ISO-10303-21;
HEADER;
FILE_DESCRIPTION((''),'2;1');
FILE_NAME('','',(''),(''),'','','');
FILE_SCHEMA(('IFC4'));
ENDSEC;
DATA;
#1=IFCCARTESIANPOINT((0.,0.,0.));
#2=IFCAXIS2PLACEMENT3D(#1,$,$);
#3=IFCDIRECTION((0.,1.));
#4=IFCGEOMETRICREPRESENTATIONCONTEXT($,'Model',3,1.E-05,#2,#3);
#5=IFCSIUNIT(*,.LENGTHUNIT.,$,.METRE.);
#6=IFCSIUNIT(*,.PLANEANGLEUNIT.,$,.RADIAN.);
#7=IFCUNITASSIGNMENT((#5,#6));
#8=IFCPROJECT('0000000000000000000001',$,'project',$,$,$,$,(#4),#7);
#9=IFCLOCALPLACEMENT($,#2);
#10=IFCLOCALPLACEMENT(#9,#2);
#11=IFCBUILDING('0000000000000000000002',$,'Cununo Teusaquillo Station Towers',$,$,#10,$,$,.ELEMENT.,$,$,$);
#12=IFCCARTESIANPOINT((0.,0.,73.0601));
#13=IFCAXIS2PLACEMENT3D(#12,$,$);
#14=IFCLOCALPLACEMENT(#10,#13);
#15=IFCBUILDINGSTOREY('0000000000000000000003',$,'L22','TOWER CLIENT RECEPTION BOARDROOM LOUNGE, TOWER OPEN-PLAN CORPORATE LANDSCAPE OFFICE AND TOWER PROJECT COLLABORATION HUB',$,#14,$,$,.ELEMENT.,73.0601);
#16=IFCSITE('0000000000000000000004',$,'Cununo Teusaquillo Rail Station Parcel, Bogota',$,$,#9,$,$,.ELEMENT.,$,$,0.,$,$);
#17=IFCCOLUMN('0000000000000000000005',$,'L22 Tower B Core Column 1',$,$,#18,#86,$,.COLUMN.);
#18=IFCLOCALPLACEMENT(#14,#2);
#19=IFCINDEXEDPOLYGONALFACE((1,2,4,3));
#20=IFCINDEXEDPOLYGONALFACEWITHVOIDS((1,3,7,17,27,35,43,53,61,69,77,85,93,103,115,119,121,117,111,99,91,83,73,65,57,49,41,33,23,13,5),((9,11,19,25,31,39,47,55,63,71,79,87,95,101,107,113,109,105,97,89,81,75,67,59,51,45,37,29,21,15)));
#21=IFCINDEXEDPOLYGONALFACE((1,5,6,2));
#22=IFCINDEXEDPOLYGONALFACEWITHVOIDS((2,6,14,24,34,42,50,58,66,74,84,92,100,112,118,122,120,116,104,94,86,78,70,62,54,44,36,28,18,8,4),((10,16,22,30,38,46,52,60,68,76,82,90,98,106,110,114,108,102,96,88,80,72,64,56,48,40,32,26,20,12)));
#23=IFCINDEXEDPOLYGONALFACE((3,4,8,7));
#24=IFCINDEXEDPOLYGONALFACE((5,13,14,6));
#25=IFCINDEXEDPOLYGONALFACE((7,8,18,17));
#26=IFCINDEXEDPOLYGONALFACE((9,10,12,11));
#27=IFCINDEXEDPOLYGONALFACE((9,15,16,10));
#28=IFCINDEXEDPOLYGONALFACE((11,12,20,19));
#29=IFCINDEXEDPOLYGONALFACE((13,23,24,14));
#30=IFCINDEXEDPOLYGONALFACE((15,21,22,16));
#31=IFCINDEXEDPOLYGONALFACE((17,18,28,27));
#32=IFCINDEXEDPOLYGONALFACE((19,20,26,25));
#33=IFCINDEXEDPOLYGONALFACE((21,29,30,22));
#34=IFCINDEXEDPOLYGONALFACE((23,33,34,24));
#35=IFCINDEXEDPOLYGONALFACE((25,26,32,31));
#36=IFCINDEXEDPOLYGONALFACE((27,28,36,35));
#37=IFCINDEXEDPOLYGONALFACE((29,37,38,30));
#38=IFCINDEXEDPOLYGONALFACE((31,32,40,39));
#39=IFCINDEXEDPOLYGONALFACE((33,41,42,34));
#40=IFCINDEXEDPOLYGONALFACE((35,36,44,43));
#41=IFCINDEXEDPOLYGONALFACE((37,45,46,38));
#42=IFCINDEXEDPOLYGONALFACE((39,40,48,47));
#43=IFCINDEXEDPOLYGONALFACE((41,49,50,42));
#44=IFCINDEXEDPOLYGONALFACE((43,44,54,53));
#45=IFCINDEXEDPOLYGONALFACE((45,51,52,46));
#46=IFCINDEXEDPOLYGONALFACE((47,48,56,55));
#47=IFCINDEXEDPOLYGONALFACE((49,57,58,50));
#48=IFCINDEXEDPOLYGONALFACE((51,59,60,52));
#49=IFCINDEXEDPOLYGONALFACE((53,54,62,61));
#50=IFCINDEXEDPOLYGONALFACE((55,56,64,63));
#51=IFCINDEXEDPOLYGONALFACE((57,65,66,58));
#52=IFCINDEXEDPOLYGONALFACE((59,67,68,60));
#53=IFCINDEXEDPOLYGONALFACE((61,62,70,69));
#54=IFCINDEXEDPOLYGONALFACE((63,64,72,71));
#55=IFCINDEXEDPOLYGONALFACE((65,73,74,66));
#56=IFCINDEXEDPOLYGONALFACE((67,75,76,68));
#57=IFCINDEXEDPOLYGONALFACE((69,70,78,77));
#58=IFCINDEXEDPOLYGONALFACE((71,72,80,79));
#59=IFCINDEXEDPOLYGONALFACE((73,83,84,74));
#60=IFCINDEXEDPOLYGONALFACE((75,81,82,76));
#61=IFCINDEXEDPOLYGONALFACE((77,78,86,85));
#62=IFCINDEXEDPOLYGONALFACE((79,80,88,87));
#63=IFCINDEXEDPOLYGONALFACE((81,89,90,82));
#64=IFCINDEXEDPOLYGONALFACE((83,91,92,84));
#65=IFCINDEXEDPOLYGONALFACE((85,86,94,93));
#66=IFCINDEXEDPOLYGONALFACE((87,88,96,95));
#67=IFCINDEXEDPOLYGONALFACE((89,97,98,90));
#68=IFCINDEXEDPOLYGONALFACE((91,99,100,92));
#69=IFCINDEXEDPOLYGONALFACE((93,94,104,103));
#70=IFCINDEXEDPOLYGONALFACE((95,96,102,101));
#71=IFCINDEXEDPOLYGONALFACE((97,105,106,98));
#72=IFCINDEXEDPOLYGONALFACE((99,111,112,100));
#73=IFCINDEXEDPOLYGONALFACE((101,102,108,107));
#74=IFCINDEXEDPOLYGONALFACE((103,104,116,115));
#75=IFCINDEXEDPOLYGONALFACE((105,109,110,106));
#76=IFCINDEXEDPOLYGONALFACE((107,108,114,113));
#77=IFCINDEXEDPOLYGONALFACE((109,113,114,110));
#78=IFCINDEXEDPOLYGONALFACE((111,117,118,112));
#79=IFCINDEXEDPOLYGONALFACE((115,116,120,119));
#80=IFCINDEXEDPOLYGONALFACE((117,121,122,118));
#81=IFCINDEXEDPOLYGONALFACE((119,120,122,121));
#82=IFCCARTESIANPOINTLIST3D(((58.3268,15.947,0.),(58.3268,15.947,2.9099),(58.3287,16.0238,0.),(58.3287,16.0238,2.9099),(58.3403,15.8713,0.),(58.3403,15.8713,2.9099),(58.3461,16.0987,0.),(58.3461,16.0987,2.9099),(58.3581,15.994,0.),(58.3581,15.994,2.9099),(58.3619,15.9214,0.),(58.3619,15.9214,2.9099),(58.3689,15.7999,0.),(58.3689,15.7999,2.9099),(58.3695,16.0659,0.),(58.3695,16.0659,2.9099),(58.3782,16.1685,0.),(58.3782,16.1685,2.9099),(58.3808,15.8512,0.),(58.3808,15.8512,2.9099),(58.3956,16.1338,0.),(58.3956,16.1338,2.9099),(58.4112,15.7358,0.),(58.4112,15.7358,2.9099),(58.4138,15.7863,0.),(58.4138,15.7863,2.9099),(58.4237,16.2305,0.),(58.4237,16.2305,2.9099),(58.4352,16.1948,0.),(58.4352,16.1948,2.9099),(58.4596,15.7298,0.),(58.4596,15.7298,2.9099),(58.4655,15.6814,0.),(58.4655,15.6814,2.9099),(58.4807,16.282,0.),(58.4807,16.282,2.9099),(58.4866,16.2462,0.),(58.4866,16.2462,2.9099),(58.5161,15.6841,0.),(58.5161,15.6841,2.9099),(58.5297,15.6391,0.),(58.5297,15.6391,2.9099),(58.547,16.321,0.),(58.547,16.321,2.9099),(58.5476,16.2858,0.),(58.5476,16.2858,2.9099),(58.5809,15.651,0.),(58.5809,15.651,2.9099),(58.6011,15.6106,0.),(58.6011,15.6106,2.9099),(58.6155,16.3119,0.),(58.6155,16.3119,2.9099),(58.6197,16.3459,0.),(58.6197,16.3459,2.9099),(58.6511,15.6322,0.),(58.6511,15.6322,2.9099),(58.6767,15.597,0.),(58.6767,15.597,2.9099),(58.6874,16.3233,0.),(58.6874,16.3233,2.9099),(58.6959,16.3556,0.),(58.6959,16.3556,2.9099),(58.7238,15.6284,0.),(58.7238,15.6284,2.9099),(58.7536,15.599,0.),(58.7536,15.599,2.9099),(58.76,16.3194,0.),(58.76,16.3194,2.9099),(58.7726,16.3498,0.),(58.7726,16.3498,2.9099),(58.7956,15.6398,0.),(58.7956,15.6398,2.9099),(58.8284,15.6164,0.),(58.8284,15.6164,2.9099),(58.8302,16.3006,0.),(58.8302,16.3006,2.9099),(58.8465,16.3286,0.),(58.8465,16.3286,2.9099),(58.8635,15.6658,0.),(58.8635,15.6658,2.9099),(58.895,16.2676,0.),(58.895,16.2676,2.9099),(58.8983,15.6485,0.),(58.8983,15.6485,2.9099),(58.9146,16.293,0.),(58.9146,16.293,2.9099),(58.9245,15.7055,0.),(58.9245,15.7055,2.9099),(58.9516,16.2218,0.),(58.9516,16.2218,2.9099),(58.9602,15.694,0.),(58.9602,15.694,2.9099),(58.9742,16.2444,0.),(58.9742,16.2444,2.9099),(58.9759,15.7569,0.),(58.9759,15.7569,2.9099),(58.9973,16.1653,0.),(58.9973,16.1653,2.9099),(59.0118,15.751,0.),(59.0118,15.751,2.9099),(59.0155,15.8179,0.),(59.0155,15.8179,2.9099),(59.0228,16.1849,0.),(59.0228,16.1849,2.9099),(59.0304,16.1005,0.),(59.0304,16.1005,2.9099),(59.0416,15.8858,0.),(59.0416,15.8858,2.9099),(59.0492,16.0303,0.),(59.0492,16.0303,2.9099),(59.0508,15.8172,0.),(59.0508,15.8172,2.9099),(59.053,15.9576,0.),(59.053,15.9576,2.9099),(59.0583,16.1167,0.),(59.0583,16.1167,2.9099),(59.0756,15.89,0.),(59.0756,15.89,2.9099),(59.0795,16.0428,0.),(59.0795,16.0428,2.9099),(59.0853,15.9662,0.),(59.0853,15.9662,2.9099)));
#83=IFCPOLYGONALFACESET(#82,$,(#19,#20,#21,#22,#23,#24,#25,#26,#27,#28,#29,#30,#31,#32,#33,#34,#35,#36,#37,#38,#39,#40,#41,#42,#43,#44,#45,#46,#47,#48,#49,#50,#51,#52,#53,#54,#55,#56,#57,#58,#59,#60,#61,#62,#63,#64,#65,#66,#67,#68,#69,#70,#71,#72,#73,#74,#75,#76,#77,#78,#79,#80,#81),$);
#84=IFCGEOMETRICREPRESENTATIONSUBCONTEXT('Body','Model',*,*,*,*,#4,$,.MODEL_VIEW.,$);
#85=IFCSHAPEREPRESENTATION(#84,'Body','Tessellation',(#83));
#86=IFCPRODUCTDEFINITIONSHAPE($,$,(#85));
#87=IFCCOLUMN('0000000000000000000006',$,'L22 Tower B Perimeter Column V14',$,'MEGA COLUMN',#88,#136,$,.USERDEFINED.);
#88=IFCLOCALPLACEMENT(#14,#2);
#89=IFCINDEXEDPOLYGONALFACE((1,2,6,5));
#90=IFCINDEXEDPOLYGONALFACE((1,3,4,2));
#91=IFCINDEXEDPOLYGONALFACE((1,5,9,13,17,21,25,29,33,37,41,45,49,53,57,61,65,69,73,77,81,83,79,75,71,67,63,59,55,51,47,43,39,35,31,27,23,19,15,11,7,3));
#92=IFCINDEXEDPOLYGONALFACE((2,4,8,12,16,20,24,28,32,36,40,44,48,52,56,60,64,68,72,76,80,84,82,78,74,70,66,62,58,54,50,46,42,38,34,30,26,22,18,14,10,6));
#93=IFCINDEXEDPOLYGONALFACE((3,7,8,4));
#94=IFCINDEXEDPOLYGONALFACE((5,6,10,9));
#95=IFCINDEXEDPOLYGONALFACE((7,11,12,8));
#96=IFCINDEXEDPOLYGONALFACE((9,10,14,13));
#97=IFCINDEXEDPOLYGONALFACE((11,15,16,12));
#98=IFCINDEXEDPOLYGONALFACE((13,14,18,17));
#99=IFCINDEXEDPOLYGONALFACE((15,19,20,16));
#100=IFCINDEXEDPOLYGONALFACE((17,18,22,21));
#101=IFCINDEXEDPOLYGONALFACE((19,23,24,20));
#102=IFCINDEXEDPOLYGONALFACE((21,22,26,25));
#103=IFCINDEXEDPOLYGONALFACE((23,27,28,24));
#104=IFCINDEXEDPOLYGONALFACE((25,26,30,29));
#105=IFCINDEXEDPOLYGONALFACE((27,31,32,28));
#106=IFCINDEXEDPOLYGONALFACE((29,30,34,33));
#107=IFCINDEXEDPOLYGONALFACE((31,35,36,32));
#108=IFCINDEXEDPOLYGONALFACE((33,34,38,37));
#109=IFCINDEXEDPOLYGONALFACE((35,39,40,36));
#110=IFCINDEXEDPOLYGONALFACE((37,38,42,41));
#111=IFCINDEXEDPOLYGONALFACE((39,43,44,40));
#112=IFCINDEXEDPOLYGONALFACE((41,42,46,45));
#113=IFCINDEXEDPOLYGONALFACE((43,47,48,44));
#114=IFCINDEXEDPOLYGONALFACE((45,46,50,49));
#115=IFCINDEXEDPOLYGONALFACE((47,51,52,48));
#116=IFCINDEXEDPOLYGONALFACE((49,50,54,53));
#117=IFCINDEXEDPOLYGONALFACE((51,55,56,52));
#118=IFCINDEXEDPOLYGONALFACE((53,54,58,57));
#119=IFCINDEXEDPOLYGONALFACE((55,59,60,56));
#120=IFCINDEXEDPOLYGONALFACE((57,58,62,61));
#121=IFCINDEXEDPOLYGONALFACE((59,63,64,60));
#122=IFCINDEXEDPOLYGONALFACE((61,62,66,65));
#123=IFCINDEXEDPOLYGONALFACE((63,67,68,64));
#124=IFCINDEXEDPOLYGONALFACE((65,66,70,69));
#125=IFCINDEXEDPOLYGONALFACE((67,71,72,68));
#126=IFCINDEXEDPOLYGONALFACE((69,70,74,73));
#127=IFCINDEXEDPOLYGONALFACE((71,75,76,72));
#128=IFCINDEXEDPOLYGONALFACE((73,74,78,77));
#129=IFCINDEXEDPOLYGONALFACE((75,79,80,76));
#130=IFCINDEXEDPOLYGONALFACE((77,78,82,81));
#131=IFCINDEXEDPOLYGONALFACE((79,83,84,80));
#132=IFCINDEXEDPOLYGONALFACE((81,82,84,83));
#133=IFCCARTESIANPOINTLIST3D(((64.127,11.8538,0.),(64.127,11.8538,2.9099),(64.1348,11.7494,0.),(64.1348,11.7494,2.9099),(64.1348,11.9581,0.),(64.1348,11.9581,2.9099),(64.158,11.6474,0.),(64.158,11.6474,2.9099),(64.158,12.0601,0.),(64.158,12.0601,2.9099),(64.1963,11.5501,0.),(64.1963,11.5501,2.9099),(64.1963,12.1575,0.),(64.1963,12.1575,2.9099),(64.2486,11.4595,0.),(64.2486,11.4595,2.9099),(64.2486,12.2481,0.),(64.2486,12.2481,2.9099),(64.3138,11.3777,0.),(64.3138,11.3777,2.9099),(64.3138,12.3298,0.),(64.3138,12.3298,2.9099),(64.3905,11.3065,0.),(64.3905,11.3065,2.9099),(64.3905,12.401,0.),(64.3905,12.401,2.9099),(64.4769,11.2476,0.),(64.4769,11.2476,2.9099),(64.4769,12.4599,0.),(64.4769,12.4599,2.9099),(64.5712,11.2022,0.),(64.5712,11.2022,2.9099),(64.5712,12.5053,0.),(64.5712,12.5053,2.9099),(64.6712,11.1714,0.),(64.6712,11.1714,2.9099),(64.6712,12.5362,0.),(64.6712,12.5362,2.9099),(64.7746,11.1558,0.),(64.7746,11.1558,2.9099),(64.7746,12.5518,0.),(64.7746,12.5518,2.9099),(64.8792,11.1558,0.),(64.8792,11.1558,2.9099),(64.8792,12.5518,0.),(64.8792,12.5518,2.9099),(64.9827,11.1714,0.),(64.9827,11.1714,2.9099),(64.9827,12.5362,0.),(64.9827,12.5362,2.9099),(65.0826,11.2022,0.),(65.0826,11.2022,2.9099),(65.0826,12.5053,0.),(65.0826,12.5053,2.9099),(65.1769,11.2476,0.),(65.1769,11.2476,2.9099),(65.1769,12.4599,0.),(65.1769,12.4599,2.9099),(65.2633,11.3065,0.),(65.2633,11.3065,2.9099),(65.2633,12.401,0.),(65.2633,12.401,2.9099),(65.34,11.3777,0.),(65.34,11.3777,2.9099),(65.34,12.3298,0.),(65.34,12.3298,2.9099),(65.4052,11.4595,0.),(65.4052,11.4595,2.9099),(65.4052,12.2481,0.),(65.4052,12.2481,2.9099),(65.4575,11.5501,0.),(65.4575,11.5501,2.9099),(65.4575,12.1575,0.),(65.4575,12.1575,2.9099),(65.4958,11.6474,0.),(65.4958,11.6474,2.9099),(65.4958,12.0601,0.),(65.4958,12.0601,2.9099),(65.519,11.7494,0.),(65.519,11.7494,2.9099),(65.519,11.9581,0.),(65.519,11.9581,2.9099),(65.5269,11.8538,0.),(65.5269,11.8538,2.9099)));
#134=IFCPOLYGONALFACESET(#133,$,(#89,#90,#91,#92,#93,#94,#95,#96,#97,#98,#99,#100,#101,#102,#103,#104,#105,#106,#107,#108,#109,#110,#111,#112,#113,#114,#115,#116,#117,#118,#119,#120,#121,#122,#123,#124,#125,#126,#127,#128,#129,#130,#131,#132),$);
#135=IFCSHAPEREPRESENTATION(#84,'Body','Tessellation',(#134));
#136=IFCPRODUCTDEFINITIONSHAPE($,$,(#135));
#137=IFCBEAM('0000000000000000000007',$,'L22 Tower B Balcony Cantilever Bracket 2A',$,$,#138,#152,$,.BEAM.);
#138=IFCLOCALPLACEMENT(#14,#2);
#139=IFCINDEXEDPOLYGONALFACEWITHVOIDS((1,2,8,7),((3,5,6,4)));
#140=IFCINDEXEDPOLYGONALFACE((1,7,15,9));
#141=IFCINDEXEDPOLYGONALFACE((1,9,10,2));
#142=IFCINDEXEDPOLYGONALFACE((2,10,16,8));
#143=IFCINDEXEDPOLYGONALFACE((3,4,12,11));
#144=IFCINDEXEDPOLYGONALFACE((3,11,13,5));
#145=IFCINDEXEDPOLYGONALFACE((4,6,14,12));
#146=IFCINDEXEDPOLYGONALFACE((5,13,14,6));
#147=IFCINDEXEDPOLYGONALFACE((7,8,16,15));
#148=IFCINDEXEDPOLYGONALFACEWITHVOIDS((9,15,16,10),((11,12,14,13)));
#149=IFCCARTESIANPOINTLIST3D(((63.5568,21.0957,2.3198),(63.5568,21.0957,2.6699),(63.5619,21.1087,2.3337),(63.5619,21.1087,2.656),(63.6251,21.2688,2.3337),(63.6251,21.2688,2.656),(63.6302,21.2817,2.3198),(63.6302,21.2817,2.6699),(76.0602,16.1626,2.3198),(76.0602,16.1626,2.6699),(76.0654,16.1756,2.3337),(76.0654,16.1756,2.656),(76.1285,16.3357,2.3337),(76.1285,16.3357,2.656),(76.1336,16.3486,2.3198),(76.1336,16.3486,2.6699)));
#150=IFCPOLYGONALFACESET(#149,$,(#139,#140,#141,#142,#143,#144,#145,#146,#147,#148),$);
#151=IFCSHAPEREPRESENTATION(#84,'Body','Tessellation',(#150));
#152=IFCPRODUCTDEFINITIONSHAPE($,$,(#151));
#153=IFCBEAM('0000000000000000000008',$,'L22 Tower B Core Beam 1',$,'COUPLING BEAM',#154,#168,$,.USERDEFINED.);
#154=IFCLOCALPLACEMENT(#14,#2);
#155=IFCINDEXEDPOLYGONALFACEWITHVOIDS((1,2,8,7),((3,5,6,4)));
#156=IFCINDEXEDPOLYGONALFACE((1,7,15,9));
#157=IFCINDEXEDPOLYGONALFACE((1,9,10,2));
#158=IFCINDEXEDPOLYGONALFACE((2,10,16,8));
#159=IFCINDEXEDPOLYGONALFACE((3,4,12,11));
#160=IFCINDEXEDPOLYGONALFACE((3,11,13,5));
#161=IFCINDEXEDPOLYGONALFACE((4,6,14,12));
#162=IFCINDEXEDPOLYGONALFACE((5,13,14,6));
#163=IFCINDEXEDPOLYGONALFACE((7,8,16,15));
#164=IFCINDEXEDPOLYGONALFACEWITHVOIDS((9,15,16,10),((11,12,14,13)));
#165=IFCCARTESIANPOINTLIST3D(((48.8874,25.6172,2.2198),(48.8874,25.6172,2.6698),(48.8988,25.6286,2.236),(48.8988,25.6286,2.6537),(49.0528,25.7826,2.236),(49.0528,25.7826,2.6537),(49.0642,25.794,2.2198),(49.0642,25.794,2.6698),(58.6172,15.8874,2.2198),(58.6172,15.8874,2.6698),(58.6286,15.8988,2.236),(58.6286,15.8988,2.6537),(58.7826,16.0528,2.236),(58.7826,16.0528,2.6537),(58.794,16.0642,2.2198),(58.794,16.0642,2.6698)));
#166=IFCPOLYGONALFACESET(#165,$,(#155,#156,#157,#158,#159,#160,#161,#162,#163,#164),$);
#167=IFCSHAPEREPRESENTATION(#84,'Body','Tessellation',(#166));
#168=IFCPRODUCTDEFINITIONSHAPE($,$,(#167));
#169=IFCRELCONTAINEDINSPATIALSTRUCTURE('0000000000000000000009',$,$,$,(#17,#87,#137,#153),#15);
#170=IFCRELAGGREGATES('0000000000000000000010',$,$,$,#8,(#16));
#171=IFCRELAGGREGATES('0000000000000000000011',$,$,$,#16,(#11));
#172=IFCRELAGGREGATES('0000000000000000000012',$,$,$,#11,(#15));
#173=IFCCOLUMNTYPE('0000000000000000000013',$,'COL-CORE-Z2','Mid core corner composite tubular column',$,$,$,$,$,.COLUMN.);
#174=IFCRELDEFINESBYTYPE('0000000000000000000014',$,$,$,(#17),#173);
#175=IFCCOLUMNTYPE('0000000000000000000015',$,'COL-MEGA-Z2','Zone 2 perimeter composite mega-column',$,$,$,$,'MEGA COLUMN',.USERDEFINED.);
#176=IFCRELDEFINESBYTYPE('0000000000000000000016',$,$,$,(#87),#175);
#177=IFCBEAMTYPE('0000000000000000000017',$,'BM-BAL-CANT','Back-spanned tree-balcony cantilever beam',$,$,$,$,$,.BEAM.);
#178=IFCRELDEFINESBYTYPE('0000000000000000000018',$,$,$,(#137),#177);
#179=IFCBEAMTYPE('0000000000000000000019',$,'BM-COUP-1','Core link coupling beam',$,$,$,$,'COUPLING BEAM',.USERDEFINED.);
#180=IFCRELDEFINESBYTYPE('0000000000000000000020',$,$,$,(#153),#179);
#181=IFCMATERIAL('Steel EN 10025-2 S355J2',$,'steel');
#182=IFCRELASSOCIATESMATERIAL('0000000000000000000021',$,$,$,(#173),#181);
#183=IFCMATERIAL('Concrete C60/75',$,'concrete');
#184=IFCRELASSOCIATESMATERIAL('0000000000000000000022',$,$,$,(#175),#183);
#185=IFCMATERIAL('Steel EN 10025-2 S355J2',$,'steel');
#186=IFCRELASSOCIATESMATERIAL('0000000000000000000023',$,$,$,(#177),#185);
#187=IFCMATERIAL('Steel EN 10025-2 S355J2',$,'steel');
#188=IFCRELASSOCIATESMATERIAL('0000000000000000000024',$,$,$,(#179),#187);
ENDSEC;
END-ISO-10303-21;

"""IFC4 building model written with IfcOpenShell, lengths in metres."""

from ifc_helpers import new_model, si_unit, direction, frame, origin, origin_2d, place, context, subcontext, project, spatial, hollow_rectangle, circle, hollow_circle, extrude, material, material_profile, profile_set, type_object, element, save


model = new_model("IFC4")

# Units and contexts
model_context = context("Model", 3, precision=1e-05, world=origin(), true_north=direction((0.0, 1.0)))
body_context = subcontext(model_context, "Body", "Model", "MODEL_VIEW")
ifc_project = project(units=[si_unit("LENGTHUNIT", "METRE"), si_unit("PLANEANGLEUNIT", "RADIAN")], contexts=[model_context])

# Site, building, storey
site_placement = place(None, origin())
site = spatial("IfcSite", under=ifc_project, at=site_placement, Name="Cununo Teusaquillo Rail Station Parcel, Bogota", CompositionType="ELEMENT", RefElevation=0.0)
building_placement = place(site_placement, origin())
building = spatial("IfcBuilding", under=site, at=building_placement, Name="Cununo Teusaquillo Station Towers", CompositionType="ELEMENT")
storey_placement = place(building_placement, frame((0.0, 0.0, 73.0601)))
storey = spatial("IfcBuildingStorey", under=building, at=storey_placement, Name="L22", Description="TOWER CLIENT RECEPTION BOARDROOM LOUNGE, TOWER OPEN-PLAN CORPORATE LANDSCAPE OFFICE AND TOWER PROJECT COLLABORATION HUB", CompositionType="ELEMENT", Elevation=73.0601)

# Columns
ifc_material_1 = material(Name="Steel EN 10025-2 S355J2", Category="steel")
ifc_material_profile_1 = material_profile(ifc_material_1, hollow_circle(Radius=0.3799, WallThickness=0.032, at=origin_2d()), Name="CHS 760x32")
ifc_profile_set_1 = profile_set([ifc_material_profile_1], Name="Steel EN 10025-2 S355J2")
column_type_1 = type_object("IfcColumnType", Name="COL-CORE-Z2", Description="Mid core corner composite tubular column", PredefinedType="COLUMN", material=ifc_profile_set_1)
column_1_placement = place(storey_placement, frame((58.7056, 15.9758, 0.0), z_axis=(0.0, 0.0, 1.0), x_axis=(0.707107, 0.707107, 0.0)))
element("IfcColumn", 1, at=column_1_placement, inside=storey, type_object=column_type_1, Name="L22 Tower B Core Column 1", PredefinedType="COLUMN", context=body_context, shape_type="SweptSolid", body=[
    extrude(hollow_circle(Radius=0.3799, WallThickness=0.032, at=origin_2d()), origin(), (0.0, 0.0, 1.0), 2.9099),
])
ifc_material_2 = material(Name="Concrete C60/75", Category="concrete")
ifc_material_profile_2 = material_profile(ifc_material_2, circle(Radius=0.7, at=origin_2d()), Name="RC-CIRC-1400")
ifc_profile_set_2 = profile_set([ifc_material_profile_2], Name="Concrete C60/75")
column_type_2 = type_object("IfcColumnType", Name="COL-MEGA-Z2", Description="Zone 2 perimeter composite mega-column", ElementType="MEGA COLUMN", PredefinedType="USERDEFINED", material=ifc_profile_set_2)
column_2_placement = place(storey_placement, frame((64.8269, 11.8538, 0.0), z_axis=(0.0, 0.0, 1.0), x_axis=(1.0, 0.0, 0.0)))
element("IfcColumn", 2, at=column_2_placement, inside=storey, type_object=column_type_2, Name="L22 Tower B Perimeter Column V14", ObjectType="MEGA COLUMN", PredefinedType="USERDEFINED", context=body_context, shape_type="SweptSolid", body=[
    extrude(circle(Radius=0.7, at=origin_2d()), origin(), (0.0, 0.0, 1.0), 2.9099),
])

# Beams
ifc_material_3 = material(Name="Steel EN 10025-2 S355J2", Category="steel")
ifc_material_profile_3 = material_profile(ifc_material_3, hollow_rectangle(XDim=0.2, YDim=0.3501, WallThickness=0.0139, at=origin_2d()), Name="RHS 350x200x14")
ifc_profile_set_3 = profile_set([ifc_material_profile_3], Name="Steel EN 10025-2 S355J2")
beam_type_1 = type_object("IfcBeamType", Name="BM-BAL-CANT", Description="Back-spanned tree-balcony cantilever beam", PredefinedType="BEAM", material=ifc_profile_set_3)
beam_1_placement = place(storey_placement, frame((63.5935, 21.1887, 2.4949), z_axis=(0.930218, -0.367009, 0.0), x_axis=(0.367009, 0.930218, 0.0)))
element("IfcBeam", 3, at=beam_1_placement, inside=storey, type_object=beam_type_1, Name="L22 Tower B Balcony Cantilever Bracket 2A", PredefinedType="BEAM", context=body_context, shape_type="SweptSolid", body=[
    extrude(hollow_rectangle(XDim=0.2, YDim=0.3501, WallThickness=0.0139, at=origin_2d()), origin(), (0.0, 0.0, 1.0), 13.4414),
])
ifc_material_4 = material(Name="Steel EN 10025-2 S355J2", Category="steel")
ifc_material_profile_4 = material_profile(ifc_material_4, hollow_rectangle(XDim=0.25, YDim=0.45, WallThickness=0.0161, at=origin_2d()), Name="RHS 450x250x16")
ifc_profile_set_4 = profile_set([ifc_material_profile_4], Name="Steel EN 10025-2 S355J2")
beam_type_2 = type_object("IfcBeamType", Name="BM-COUP-1", Description="Core link coupling beam", ElementType="COUPLING BEAM", PredefinedType="USERDEFINED", material=ifc_profile_set_4)
beam_2_placement = place(storey_placement, frame((58.7056, 15.9758, 2.4448), z_axis=(-0.707107, 0.707107, 0.0), x_axis=(-0.707107, -0.707107, 0.0)))
element("IfcBeam", 4, at=beam_2_placement, inside=storey, type_object=beam_type_2, Name="L22 Tower B Core Beam 1", ObjectType="COUPLING BEAM", PredefinedType="USERDEFINED", context=body_context, shape_type="SweptSolid", body=[
    extrude(hollow_rectangle(XDim=0.25, YDim=0.45, WallThickness=0.0161, at=origin_2d()), origin(), (0.0, 0.0, 1.0), 13.76),
])

save(model, "model.ifc")
